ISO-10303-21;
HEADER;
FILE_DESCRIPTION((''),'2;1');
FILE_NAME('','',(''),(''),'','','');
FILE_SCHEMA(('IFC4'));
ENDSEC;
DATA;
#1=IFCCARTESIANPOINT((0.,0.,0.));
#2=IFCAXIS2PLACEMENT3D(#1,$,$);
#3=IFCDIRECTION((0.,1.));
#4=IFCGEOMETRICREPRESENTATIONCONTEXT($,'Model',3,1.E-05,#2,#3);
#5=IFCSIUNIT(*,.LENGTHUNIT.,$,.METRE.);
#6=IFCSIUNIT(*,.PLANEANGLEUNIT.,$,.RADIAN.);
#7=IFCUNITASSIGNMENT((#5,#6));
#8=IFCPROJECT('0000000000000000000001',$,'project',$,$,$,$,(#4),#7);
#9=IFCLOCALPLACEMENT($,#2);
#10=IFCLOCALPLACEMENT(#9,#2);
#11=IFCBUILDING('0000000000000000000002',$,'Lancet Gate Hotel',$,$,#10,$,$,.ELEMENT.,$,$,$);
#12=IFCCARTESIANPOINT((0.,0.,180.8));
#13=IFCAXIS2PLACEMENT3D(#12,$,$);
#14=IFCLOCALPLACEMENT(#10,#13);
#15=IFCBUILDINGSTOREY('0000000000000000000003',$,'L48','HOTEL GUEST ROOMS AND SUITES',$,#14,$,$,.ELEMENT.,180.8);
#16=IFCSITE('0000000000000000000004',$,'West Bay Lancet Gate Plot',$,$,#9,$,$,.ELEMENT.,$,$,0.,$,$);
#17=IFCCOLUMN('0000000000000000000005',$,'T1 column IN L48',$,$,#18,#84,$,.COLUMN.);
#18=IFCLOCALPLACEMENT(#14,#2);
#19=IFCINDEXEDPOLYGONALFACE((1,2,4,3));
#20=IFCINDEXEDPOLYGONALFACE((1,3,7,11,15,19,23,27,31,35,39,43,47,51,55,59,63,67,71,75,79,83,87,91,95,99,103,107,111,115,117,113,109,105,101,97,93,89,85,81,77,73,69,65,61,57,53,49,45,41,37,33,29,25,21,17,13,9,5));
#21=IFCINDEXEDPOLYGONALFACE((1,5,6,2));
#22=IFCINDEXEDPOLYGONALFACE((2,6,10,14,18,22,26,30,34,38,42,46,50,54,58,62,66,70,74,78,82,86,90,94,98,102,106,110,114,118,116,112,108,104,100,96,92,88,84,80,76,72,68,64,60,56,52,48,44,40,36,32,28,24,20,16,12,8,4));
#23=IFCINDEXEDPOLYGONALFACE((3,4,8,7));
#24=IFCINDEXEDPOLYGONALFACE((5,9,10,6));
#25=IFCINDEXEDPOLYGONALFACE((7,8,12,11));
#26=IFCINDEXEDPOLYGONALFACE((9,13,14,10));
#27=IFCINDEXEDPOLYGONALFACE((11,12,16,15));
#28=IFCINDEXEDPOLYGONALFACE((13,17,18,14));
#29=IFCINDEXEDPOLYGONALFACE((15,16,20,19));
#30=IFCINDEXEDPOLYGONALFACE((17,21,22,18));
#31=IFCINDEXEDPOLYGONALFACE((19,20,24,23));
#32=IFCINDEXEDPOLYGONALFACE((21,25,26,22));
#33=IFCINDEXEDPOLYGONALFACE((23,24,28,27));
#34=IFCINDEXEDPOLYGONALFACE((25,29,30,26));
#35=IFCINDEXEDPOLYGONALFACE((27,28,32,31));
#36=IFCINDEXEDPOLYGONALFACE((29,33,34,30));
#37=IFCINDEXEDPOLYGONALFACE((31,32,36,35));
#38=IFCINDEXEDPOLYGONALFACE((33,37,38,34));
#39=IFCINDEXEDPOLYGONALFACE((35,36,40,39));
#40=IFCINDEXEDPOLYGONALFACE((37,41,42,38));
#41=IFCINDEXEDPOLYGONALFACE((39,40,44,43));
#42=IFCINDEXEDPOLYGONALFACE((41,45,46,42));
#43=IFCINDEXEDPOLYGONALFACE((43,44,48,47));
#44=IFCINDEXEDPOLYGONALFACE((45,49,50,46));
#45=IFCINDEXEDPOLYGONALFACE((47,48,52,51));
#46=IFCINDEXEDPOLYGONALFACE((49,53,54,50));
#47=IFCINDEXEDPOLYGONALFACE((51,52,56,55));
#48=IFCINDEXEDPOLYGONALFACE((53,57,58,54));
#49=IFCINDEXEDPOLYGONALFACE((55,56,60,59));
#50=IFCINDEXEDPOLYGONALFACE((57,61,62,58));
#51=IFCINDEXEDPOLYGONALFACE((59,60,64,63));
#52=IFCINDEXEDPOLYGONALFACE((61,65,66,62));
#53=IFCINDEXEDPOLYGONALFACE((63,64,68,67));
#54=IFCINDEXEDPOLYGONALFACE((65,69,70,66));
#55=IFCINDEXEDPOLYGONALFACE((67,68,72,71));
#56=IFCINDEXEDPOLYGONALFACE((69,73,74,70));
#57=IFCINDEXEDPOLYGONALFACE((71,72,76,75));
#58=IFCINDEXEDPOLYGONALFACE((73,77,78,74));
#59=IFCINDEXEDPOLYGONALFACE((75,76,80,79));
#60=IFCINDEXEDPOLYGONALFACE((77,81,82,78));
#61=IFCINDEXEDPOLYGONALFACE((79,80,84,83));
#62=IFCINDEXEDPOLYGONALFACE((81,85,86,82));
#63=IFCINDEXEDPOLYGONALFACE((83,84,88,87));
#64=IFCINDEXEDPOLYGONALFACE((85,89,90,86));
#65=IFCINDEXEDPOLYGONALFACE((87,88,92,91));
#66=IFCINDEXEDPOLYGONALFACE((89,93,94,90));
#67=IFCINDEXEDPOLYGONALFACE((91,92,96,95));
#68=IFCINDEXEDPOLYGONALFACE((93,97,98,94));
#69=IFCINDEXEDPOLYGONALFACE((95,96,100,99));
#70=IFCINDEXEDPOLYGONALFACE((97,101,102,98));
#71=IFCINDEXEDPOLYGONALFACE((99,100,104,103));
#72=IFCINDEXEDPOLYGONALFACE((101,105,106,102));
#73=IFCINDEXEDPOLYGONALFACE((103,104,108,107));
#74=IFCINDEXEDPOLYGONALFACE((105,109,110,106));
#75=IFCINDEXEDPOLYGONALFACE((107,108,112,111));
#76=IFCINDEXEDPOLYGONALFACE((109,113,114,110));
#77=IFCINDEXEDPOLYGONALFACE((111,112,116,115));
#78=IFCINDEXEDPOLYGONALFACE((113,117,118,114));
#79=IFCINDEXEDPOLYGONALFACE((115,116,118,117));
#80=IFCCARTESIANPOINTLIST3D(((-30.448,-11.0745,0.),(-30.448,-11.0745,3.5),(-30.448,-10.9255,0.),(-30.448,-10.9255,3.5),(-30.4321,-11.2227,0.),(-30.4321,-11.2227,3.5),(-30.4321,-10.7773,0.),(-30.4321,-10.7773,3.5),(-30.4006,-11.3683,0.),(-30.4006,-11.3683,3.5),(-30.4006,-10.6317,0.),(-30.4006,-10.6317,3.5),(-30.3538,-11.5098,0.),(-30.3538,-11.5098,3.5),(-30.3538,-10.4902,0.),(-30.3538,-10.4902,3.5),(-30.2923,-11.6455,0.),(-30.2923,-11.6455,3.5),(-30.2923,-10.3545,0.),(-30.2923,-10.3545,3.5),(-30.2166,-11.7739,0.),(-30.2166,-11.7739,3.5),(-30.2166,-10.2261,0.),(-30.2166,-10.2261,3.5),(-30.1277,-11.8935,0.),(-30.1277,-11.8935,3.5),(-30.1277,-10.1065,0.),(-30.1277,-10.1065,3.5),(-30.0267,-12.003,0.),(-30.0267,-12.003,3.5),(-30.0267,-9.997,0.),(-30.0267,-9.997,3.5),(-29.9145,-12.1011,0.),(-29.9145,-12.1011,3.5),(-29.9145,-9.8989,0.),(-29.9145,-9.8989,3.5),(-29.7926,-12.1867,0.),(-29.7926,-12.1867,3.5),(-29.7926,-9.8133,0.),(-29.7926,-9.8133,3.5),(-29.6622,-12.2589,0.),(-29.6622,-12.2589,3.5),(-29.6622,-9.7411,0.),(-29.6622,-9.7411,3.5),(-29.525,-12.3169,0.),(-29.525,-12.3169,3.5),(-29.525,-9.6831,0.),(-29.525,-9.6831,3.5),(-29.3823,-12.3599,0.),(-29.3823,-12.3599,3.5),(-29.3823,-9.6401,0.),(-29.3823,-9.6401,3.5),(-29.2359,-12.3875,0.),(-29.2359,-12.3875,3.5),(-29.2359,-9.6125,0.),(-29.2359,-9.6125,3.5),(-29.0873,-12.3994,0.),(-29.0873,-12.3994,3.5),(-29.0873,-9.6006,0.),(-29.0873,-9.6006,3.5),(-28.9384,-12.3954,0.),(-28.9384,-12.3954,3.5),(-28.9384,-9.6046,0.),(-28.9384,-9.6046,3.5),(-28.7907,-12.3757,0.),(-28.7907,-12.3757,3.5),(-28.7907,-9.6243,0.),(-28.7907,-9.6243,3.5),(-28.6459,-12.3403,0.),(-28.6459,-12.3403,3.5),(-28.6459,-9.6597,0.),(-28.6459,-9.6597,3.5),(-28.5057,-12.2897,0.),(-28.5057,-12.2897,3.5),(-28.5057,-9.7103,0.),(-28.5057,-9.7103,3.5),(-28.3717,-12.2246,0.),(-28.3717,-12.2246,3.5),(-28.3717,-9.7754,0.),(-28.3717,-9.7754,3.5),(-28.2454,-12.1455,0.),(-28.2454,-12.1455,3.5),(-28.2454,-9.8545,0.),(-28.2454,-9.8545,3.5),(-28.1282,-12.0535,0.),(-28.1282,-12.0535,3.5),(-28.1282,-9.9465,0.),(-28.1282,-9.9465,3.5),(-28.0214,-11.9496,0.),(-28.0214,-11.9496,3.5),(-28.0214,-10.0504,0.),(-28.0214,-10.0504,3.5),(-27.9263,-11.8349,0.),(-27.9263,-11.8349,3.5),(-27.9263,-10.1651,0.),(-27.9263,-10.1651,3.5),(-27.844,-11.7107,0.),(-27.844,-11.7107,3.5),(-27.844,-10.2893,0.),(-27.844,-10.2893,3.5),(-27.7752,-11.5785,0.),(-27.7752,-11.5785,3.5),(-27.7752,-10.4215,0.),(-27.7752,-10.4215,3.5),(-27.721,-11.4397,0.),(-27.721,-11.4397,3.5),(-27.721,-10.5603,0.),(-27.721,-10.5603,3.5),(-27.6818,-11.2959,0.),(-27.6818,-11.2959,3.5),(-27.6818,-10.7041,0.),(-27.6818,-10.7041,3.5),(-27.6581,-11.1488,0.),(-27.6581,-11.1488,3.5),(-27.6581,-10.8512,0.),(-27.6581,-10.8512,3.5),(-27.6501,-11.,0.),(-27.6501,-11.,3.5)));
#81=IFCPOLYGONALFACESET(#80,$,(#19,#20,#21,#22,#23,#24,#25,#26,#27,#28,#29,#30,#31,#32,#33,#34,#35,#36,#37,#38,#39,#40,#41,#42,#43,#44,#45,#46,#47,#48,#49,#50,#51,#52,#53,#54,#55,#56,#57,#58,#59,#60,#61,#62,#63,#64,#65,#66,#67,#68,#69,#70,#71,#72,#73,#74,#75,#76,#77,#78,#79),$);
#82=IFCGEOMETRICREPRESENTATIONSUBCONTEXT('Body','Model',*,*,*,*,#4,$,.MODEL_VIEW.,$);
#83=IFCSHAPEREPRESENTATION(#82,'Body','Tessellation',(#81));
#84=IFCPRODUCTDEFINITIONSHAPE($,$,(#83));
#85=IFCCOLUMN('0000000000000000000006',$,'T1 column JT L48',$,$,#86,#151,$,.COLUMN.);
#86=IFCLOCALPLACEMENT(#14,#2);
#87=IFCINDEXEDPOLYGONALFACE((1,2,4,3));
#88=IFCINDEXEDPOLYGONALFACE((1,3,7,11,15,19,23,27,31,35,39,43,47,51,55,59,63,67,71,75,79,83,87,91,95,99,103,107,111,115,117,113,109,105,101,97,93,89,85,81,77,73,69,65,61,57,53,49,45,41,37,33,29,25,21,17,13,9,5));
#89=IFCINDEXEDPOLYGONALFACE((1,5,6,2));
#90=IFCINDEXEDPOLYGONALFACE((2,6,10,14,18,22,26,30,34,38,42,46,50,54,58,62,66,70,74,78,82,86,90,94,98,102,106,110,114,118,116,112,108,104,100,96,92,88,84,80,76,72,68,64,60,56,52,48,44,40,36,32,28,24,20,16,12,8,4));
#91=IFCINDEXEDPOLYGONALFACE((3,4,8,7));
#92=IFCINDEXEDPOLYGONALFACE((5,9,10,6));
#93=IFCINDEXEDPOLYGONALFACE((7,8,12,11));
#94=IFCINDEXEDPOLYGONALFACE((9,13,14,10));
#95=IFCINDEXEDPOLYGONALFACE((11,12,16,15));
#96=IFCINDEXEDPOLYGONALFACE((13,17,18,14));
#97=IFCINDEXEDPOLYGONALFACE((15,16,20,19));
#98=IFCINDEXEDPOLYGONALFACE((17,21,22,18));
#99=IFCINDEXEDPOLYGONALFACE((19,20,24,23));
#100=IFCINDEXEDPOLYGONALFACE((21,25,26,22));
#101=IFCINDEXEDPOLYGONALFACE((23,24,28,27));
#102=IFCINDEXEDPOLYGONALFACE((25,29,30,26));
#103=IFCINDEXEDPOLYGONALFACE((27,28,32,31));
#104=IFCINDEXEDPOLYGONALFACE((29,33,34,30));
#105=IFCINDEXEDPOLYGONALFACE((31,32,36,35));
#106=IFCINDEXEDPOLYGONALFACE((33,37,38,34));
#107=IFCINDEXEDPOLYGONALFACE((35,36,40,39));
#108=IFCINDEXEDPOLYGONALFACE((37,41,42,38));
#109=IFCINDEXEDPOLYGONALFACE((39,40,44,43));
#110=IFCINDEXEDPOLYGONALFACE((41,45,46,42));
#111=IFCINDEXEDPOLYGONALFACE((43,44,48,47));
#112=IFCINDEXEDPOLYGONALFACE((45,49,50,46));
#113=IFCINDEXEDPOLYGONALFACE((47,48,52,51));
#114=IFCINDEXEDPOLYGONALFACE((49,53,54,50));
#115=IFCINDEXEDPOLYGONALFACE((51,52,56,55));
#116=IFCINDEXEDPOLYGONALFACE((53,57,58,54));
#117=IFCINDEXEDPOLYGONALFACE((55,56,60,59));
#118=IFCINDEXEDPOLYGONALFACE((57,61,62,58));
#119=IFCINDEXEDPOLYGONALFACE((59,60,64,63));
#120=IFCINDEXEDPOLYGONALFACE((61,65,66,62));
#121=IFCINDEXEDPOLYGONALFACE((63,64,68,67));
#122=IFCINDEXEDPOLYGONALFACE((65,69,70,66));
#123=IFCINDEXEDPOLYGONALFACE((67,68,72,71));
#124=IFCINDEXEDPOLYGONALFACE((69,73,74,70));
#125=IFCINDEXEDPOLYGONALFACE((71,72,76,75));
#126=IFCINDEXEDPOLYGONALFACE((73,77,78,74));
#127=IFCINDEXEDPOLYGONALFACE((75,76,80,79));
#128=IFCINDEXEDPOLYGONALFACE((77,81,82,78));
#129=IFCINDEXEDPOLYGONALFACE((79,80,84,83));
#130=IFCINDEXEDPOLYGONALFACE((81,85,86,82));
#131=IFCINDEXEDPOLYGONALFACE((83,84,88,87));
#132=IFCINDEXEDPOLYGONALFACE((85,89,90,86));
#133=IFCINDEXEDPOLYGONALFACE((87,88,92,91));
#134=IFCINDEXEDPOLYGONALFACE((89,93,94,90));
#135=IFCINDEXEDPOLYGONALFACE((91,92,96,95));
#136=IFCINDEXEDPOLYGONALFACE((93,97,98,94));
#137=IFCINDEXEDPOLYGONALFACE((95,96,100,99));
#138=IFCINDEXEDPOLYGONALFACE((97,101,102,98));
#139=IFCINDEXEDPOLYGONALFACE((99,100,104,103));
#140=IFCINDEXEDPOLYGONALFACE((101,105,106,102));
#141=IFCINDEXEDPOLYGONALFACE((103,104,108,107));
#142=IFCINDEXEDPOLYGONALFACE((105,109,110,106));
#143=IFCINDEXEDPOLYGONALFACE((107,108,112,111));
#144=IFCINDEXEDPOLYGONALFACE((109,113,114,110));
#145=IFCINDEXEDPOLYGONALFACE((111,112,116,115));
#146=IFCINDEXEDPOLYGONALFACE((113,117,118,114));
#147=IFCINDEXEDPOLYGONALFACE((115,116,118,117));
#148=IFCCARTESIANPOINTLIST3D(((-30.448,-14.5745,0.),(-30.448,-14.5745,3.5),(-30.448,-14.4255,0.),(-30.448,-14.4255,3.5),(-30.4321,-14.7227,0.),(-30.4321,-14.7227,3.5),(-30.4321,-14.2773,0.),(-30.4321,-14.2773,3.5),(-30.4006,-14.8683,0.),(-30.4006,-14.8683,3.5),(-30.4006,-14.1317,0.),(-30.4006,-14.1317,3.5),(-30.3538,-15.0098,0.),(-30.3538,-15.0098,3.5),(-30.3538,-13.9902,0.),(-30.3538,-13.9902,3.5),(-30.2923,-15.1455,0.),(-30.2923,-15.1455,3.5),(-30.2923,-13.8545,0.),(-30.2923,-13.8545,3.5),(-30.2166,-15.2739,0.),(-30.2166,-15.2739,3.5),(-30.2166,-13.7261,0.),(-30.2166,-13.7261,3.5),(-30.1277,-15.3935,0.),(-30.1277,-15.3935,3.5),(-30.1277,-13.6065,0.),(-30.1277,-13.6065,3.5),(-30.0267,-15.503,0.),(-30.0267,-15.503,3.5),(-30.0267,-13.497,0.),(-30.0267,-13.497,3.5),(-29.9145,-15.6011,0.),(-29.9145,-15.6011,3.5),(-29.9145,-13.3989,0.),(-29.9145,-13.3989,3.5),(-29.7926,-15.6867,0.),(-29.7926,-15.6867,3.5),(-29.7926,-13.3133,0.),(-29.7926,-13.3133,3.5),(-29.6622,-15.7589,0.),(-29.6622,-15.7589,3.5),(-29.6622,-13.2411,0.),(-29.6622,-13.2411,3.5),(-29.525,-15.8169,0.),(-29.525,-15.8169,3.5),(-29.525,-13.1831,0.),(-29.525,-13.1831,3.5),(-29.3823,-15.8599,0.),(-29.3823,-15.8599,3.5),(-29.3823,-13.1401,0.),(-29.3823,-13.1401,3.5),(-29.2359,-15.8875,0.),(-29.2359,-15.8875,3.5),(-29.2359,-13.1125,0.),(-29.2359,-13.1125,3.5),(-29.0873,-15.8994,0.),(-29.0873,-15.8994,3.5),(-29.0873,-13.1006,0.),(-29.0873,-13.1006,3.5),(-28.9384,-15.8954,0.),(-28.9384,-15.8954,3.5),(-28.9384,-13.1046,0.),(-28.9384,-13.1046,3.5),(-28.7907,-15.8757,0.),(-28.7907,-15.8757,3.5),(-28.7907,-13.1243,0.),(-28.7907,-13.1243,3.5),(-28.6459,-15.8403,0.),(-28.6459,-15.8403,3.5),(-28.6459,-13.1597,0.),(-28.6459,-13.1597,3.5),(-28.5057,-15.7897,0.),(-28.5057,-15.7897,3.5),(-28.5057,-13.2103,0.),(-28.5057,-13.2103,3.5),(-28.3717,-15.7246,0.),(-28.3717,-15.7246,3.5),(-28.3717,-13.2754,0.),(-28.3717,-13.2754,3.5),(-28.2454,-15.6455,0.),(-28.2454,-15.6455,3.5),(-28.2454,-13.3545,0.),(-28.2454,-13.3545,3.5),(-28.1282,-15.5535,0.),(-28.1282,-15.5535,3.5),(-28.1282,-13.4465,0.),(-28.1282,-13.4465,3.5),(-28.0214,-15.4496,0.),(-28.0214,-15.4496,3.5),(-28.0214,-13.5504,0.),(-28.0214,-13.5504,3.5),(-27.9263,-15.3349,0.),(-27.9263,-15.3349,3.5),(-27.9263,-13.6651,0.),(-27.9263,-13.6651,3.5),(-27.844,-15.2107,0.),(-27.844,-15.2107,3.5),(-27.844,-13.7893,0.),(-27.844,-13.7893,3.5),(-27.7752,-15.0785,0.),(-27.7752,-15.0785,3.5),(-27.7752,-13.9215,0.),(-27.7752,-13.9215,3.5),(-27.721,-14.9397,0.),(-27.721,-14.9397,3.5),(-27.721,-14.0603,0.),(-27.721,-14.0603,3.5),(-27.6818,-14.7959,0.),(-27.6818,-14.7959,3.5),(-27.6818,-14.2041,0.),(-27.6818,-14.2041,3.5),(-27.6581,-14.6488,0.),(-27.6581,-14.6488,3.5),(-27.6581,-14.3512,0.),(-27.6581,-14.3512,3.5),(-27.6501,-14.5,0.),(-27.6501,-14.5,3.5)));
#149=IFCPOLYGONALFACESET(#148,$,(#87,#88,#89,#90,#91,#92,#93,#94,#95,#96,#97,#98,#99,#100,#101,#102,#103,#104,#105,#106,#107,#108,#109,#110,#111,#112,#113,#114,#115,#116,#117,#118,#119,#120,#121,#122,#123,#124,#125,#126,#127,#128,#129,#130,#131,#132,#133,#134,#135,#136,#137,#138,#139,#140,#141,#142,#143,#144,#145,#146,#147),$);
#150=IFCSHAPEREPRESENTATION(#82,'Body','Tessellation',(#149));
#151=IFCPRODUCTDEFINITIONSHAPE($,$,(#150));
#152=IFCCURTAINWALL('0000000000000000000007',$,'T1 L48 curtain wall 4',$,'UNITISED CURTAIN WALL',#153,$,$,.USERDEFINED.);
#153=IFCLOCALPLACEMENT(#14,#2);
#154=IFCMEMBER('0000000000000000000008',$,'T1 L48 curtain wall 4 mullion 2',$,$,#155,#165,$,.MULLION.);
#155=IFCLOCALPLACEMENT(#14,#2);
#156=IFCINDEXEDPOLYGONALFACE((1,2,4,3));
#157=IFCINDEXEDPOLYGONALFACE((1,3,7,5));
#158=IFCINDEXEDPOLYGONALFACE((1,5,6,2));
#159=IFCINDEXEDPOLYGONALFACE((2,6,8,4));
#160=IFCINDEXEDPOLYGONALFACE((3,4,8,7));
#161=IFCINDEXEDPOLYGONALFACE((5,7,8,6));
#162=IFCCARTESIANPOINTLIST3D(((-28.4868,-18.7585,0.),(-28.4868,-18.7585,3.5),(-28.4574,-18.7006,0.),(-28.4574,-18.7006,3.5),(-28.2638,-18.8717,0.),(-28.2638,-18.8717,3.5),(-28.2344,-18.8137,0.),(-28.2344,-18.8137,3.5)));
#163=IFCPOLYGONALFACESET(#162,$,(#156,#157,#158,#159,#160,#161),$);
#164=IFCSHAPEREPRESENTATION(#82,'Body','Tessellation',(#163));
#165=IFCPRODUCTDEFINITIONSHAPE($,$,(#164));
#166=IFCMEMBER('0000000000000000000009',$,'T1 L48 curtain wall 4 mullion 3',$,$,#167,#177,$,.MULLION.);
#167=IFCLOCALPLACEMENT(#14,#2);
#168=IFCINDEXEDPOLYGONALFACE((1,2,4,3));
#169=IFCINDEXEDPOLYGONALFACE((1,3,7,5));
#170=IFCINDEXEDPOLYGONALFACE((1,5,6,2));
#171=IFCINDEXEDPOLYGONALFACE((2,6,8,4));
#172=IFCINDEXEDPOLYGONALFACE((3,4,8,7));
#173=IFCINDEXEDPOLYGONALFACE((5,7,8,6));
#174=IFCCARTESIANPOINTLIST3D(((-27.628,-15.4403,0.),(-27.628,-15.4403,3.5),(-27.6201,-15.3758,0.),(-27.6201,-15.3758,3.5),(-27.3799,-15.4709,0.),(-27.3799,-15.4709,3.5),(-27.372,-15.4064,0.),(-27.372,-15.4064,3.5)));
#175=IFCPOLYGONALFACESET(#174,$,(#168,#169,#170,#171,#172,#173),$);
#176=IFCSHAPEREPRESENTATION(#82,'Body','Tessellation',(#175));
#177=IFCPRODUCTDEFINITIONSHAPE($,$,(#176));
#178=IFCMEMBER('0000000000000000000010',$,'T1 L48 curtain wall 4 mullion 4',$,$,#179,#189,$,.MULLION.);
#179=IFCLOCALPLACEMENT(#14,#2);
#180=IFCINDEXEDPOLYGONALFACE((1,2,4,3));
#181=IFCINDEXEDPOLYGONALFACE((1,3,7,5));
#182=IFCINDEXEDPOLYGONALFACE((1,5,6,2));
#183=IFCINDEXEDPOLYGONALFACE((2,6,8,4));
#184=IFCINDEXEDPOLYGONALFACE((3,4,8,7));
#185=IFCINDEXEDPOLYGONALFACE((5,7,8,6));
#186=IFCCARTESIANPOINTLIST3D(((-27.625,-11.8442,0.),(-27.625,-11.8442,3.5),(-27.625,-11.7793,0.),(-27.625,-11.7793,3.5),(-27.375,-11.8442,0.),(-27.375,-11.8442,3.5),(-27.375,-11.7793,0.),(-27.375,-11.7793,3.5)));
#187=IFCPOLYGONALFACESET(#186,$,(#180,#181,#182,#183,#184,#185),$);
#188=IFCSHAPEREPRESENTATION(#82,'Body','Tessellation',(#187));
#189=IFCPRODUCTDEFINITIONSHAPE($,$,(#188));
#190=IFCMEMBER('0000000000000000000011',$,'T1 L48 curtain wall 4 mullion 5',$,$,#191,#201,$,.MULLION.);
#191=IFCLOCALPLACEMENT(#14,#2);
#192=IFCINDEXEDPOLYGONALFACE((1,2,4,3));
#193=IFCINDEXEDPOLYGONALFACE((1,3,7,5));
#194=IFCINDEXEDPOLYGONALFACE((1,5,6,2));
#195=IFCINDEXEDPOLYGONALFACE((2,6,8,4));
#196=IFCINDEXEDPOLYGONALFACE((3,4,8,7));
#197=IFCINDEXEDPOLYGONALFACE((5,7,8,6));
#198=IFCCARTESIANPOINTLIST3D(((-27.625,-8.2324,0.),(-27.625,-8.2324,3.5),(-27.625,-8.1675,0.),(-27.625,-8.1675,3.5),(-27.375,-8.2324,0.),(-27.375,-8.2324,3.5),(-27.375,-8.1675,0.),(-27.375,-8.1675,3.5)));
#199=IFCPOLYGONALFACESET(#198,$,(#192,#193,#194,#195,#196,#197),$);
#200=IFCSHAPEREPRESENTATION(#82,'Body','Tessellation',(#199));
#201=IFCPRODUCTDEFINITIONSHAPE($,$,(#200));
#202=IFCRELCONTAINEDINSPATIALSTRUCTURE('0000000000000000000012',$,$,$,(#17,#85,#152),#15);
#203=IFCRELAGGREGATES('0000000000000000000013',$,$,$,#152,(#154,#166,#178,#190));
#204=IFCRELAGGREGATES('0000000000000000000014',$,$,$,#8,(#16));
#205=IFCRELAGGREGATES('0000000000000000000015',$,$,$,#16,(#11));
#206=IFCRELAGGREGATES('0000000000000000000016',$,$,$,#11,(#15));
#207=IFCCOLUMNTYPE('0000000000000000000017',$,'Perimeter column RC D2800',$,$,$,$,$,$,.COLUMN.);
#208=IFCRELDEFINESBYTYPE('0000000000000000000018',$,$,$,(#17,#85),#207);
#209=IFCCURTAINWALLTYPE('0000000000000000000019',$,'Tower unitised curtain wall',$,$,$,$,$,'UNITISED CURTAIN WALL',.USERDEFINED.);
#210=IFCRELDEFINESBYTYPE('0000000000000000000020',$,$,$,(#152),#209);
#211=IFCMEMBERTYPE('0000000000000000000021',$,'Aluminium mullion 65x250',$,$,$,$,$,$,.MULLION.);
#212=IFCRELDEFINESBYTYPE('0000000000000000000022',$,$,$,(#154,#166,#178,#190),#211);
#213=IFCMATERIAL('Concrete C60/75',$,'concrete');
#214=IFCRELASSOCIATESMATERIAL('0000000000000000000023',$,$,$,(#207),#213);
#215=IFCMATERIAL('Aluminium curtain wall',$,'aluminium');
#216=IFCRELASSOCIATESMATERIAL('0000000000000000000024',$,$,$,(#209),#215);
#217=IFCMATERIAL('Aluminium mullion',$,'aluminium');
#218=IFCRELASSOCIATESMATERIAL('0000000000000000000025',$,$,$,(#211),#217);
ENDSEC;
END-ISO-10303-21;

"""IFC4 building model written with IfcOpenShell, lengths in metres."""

from ifc_helpers import new_model, si_unit, direction, frame, origin, origin_2d, place, context, subcontext, project, spatial, rectangle, circle, extrude, material, material_profile, profile_set, type_object, element, aggregate, save


model = new_model("IFC4")

# Units and contexts
model_context = context("Model", 3, precision=1e-05, world=origin(), true_north=direction((0.0, 1.0)))
body_context = subcontext(model_context, "Body", "Model", "MODEL_VIEW")
ifc_project = project(units=[si_unit("LENGTHUNIT", "METRE"), si_unit("PLANEANGLEUNIT", "RADIAN")], contexts=[model_context])

# Site, building, storey
site_placement = place(None, origin())
site = spatial("IfcSite", under=ifc_project, at=site_placement, Name="West Bay Lancet Gate Plot", CompositionType="ELEMENT", RefElevation=0.0)
building_placement = place(site_placement, origin())
building = spatial("IfcBuilding", under=site, at=building_placement, Name="Lancet Gate Hotel", CompositionType="ELEMENT")
storey_placement = place(building_placement, frame((0.0, 0.0, 180.8)))
storey = spatial("IfcBuildingStorey", under=building, at=storey_placement, Name="L48", Description="HOTEL GUEST ROOMS AND SUITES", CompositionType="ELEMENT", Elevation=180.8)

# Columns
ifc_material_1 = material(Name="Concrete C60/75", Category="concrete")
ifc_material_profile_1 = material_profile(ifc_material_1, circle(Radius=1.3999, at=origin_2d()), Name="RC D2800")
ifc_profile_set_1 = profile_set([ifc_material_profile_1], Name="Concrete C60/75")
column_type = type_object("IfcColumnType", Name="Perimeter column RC D2800", PredefinedType="COLUMN", material=ifc_profile_set_1)
for number, where, z_axis, x_axis, name in (
    (1, (-29.05, -11.0, 0.0), (0.0, 0.0, 1.0), (1.0, 0.0, 0.0), "T1 column IN L48"),
    (2, (-29.05, -14.5, 0.0), (0.0, 0.0, 1.0), (1.0, 0.0, 0.0), "T1 column JT L48"),
):
    element("IfcColumn", number, at=place(storey_placement, frame(where, z_axis=z_axis, x_axis=x_axis)), inside=storey, type_object=column_type, Name=name, PredefinedType="COLUMN", context=body_context, shape_type="SweptSolid", body=[
        extrude(circle(Radius=1.3999, at=origin_2d()), origin(), (0.0, 0.0, 1.0), 3.5),
    ])

# Curtain wall, members
ifc_material_2 = material(Name="Aluminium curtain wall", Category="aluminium")
curtain_wall_type = type_object("IfcCurtainWallType", Name="Tower unitised curtain wall", ElementType="UNITISED CURTAIN WALL", PredefinedType="USERDEFINED", material=ifc_material_2)
curtain_wall_placement = place(storey_placement, origin())
curtain_wall = element("IfcCurtainWall", 3, at=curtain_wall_placement, inside=storey, type_object=curtain_wall_type, Name="T1 L48 curtain wall 4", ObjectType="UNITISED CURTAIN WALL", PredefinedType="USERDEFINED")
ifc_material_3 = material(Name="Aluminium mullion", Category="aluminium")
ifc_material_profile_2 = material_profile(ifc_material_3, rectangle(XDim=0.0649, YDim=0.25, at=origin_2d()), Name="MULLION 65x250")
ifc_profile_set_2 = profile_set([ifc_material_profile_2], Name="Aluminium mullion")
member_type_1 = type_object("IfcMemberType", Name="Aluminium mullion 65x250", PredefinedType="MULLION", material=ifc_profile_set_2)
member_1_placement = place(storey_placement, frame((-28.3606, -18.7861, 0.0), z_axis=(0.0, 0.0, 1.0), x_axis=(0.452508, 0.891761, 0.0)))
member_1 = element("IfcMember", 4, at=member_1_placement, type_object=member_type_1, Name="T1 L48 curtain wall 4 mullion 2", PredefinedType="MULLION", context=body_context, shape_type="SweptSolid", body=[
    extrude(rectangle(XDim=0.0649, YDim=0.25, at=origin_2d()), origin(), (0.0, 0.0, 1.0), 3.5),
])
member_2_placement = place(storey_placement, frame((-27.5, -15.4233, 0.0), z_axis=(0.0, 0.0, 1.0), x_axis=(0.122467, 0.992473, 0.0)))
member_2 = element("IfcMember", 5, at=member_2_placement, type_object=member_type_1, Name="T1 L48 curtain wall 4 mullion 3", PredefinedType="MULLION", context=body_context, shape_type="SweptSolid", body=[
    extrude(rectangle(XDim=0.0649, YDim=0.25, at=origin_2d()), origin(), (0.0, 0.0, 1.0), 3.5),
])
member_3_placement = place(storey_placement, frame((-27.5, -11.8118, 0.0), z_axis=(0.0, 0.0, 1.0), x_axis=(0.0, 1.0, 0.0)))
member_3 = element("IfcMember", 6, at=member_3_placement, type_object=member_type_1, Name="T1 L48 curtain wall 4 mullion 4", PredefinedType="MULLION", context=body_context, shape_type="SweptSolid", body=[
    extrude(rectangle(XDim=0.0649, YDim=0.25, at=origin_2d()), origin(), (0.0, 0.0, 1.0), 3.5),
])
member_4_placement = place(storey_placement, frame((-27.5, -8.2, 0.0), z_axis=(0.0, 0.0, 1.0), x_axis=(0.0, 1.0, 0.0)))
member_4 = element("IfcMember", 7, at=member_4_placement, type_object=member_type_1, Name="T1 L48 curtain wall 4 mullion 5", PredefinedType="MULLION", context=body_context, shape_type="SweptSolid", body=[
    extrude(rectangle(XDim=0.0649, YDim=0.25, at=origin_2d()), origin(), (0.0, 0.0, 1.0), 3.5),
])

aggregate(curtain_wall, [member_1, member_2, member_3, member_4])

save(model, "model.ifc")
